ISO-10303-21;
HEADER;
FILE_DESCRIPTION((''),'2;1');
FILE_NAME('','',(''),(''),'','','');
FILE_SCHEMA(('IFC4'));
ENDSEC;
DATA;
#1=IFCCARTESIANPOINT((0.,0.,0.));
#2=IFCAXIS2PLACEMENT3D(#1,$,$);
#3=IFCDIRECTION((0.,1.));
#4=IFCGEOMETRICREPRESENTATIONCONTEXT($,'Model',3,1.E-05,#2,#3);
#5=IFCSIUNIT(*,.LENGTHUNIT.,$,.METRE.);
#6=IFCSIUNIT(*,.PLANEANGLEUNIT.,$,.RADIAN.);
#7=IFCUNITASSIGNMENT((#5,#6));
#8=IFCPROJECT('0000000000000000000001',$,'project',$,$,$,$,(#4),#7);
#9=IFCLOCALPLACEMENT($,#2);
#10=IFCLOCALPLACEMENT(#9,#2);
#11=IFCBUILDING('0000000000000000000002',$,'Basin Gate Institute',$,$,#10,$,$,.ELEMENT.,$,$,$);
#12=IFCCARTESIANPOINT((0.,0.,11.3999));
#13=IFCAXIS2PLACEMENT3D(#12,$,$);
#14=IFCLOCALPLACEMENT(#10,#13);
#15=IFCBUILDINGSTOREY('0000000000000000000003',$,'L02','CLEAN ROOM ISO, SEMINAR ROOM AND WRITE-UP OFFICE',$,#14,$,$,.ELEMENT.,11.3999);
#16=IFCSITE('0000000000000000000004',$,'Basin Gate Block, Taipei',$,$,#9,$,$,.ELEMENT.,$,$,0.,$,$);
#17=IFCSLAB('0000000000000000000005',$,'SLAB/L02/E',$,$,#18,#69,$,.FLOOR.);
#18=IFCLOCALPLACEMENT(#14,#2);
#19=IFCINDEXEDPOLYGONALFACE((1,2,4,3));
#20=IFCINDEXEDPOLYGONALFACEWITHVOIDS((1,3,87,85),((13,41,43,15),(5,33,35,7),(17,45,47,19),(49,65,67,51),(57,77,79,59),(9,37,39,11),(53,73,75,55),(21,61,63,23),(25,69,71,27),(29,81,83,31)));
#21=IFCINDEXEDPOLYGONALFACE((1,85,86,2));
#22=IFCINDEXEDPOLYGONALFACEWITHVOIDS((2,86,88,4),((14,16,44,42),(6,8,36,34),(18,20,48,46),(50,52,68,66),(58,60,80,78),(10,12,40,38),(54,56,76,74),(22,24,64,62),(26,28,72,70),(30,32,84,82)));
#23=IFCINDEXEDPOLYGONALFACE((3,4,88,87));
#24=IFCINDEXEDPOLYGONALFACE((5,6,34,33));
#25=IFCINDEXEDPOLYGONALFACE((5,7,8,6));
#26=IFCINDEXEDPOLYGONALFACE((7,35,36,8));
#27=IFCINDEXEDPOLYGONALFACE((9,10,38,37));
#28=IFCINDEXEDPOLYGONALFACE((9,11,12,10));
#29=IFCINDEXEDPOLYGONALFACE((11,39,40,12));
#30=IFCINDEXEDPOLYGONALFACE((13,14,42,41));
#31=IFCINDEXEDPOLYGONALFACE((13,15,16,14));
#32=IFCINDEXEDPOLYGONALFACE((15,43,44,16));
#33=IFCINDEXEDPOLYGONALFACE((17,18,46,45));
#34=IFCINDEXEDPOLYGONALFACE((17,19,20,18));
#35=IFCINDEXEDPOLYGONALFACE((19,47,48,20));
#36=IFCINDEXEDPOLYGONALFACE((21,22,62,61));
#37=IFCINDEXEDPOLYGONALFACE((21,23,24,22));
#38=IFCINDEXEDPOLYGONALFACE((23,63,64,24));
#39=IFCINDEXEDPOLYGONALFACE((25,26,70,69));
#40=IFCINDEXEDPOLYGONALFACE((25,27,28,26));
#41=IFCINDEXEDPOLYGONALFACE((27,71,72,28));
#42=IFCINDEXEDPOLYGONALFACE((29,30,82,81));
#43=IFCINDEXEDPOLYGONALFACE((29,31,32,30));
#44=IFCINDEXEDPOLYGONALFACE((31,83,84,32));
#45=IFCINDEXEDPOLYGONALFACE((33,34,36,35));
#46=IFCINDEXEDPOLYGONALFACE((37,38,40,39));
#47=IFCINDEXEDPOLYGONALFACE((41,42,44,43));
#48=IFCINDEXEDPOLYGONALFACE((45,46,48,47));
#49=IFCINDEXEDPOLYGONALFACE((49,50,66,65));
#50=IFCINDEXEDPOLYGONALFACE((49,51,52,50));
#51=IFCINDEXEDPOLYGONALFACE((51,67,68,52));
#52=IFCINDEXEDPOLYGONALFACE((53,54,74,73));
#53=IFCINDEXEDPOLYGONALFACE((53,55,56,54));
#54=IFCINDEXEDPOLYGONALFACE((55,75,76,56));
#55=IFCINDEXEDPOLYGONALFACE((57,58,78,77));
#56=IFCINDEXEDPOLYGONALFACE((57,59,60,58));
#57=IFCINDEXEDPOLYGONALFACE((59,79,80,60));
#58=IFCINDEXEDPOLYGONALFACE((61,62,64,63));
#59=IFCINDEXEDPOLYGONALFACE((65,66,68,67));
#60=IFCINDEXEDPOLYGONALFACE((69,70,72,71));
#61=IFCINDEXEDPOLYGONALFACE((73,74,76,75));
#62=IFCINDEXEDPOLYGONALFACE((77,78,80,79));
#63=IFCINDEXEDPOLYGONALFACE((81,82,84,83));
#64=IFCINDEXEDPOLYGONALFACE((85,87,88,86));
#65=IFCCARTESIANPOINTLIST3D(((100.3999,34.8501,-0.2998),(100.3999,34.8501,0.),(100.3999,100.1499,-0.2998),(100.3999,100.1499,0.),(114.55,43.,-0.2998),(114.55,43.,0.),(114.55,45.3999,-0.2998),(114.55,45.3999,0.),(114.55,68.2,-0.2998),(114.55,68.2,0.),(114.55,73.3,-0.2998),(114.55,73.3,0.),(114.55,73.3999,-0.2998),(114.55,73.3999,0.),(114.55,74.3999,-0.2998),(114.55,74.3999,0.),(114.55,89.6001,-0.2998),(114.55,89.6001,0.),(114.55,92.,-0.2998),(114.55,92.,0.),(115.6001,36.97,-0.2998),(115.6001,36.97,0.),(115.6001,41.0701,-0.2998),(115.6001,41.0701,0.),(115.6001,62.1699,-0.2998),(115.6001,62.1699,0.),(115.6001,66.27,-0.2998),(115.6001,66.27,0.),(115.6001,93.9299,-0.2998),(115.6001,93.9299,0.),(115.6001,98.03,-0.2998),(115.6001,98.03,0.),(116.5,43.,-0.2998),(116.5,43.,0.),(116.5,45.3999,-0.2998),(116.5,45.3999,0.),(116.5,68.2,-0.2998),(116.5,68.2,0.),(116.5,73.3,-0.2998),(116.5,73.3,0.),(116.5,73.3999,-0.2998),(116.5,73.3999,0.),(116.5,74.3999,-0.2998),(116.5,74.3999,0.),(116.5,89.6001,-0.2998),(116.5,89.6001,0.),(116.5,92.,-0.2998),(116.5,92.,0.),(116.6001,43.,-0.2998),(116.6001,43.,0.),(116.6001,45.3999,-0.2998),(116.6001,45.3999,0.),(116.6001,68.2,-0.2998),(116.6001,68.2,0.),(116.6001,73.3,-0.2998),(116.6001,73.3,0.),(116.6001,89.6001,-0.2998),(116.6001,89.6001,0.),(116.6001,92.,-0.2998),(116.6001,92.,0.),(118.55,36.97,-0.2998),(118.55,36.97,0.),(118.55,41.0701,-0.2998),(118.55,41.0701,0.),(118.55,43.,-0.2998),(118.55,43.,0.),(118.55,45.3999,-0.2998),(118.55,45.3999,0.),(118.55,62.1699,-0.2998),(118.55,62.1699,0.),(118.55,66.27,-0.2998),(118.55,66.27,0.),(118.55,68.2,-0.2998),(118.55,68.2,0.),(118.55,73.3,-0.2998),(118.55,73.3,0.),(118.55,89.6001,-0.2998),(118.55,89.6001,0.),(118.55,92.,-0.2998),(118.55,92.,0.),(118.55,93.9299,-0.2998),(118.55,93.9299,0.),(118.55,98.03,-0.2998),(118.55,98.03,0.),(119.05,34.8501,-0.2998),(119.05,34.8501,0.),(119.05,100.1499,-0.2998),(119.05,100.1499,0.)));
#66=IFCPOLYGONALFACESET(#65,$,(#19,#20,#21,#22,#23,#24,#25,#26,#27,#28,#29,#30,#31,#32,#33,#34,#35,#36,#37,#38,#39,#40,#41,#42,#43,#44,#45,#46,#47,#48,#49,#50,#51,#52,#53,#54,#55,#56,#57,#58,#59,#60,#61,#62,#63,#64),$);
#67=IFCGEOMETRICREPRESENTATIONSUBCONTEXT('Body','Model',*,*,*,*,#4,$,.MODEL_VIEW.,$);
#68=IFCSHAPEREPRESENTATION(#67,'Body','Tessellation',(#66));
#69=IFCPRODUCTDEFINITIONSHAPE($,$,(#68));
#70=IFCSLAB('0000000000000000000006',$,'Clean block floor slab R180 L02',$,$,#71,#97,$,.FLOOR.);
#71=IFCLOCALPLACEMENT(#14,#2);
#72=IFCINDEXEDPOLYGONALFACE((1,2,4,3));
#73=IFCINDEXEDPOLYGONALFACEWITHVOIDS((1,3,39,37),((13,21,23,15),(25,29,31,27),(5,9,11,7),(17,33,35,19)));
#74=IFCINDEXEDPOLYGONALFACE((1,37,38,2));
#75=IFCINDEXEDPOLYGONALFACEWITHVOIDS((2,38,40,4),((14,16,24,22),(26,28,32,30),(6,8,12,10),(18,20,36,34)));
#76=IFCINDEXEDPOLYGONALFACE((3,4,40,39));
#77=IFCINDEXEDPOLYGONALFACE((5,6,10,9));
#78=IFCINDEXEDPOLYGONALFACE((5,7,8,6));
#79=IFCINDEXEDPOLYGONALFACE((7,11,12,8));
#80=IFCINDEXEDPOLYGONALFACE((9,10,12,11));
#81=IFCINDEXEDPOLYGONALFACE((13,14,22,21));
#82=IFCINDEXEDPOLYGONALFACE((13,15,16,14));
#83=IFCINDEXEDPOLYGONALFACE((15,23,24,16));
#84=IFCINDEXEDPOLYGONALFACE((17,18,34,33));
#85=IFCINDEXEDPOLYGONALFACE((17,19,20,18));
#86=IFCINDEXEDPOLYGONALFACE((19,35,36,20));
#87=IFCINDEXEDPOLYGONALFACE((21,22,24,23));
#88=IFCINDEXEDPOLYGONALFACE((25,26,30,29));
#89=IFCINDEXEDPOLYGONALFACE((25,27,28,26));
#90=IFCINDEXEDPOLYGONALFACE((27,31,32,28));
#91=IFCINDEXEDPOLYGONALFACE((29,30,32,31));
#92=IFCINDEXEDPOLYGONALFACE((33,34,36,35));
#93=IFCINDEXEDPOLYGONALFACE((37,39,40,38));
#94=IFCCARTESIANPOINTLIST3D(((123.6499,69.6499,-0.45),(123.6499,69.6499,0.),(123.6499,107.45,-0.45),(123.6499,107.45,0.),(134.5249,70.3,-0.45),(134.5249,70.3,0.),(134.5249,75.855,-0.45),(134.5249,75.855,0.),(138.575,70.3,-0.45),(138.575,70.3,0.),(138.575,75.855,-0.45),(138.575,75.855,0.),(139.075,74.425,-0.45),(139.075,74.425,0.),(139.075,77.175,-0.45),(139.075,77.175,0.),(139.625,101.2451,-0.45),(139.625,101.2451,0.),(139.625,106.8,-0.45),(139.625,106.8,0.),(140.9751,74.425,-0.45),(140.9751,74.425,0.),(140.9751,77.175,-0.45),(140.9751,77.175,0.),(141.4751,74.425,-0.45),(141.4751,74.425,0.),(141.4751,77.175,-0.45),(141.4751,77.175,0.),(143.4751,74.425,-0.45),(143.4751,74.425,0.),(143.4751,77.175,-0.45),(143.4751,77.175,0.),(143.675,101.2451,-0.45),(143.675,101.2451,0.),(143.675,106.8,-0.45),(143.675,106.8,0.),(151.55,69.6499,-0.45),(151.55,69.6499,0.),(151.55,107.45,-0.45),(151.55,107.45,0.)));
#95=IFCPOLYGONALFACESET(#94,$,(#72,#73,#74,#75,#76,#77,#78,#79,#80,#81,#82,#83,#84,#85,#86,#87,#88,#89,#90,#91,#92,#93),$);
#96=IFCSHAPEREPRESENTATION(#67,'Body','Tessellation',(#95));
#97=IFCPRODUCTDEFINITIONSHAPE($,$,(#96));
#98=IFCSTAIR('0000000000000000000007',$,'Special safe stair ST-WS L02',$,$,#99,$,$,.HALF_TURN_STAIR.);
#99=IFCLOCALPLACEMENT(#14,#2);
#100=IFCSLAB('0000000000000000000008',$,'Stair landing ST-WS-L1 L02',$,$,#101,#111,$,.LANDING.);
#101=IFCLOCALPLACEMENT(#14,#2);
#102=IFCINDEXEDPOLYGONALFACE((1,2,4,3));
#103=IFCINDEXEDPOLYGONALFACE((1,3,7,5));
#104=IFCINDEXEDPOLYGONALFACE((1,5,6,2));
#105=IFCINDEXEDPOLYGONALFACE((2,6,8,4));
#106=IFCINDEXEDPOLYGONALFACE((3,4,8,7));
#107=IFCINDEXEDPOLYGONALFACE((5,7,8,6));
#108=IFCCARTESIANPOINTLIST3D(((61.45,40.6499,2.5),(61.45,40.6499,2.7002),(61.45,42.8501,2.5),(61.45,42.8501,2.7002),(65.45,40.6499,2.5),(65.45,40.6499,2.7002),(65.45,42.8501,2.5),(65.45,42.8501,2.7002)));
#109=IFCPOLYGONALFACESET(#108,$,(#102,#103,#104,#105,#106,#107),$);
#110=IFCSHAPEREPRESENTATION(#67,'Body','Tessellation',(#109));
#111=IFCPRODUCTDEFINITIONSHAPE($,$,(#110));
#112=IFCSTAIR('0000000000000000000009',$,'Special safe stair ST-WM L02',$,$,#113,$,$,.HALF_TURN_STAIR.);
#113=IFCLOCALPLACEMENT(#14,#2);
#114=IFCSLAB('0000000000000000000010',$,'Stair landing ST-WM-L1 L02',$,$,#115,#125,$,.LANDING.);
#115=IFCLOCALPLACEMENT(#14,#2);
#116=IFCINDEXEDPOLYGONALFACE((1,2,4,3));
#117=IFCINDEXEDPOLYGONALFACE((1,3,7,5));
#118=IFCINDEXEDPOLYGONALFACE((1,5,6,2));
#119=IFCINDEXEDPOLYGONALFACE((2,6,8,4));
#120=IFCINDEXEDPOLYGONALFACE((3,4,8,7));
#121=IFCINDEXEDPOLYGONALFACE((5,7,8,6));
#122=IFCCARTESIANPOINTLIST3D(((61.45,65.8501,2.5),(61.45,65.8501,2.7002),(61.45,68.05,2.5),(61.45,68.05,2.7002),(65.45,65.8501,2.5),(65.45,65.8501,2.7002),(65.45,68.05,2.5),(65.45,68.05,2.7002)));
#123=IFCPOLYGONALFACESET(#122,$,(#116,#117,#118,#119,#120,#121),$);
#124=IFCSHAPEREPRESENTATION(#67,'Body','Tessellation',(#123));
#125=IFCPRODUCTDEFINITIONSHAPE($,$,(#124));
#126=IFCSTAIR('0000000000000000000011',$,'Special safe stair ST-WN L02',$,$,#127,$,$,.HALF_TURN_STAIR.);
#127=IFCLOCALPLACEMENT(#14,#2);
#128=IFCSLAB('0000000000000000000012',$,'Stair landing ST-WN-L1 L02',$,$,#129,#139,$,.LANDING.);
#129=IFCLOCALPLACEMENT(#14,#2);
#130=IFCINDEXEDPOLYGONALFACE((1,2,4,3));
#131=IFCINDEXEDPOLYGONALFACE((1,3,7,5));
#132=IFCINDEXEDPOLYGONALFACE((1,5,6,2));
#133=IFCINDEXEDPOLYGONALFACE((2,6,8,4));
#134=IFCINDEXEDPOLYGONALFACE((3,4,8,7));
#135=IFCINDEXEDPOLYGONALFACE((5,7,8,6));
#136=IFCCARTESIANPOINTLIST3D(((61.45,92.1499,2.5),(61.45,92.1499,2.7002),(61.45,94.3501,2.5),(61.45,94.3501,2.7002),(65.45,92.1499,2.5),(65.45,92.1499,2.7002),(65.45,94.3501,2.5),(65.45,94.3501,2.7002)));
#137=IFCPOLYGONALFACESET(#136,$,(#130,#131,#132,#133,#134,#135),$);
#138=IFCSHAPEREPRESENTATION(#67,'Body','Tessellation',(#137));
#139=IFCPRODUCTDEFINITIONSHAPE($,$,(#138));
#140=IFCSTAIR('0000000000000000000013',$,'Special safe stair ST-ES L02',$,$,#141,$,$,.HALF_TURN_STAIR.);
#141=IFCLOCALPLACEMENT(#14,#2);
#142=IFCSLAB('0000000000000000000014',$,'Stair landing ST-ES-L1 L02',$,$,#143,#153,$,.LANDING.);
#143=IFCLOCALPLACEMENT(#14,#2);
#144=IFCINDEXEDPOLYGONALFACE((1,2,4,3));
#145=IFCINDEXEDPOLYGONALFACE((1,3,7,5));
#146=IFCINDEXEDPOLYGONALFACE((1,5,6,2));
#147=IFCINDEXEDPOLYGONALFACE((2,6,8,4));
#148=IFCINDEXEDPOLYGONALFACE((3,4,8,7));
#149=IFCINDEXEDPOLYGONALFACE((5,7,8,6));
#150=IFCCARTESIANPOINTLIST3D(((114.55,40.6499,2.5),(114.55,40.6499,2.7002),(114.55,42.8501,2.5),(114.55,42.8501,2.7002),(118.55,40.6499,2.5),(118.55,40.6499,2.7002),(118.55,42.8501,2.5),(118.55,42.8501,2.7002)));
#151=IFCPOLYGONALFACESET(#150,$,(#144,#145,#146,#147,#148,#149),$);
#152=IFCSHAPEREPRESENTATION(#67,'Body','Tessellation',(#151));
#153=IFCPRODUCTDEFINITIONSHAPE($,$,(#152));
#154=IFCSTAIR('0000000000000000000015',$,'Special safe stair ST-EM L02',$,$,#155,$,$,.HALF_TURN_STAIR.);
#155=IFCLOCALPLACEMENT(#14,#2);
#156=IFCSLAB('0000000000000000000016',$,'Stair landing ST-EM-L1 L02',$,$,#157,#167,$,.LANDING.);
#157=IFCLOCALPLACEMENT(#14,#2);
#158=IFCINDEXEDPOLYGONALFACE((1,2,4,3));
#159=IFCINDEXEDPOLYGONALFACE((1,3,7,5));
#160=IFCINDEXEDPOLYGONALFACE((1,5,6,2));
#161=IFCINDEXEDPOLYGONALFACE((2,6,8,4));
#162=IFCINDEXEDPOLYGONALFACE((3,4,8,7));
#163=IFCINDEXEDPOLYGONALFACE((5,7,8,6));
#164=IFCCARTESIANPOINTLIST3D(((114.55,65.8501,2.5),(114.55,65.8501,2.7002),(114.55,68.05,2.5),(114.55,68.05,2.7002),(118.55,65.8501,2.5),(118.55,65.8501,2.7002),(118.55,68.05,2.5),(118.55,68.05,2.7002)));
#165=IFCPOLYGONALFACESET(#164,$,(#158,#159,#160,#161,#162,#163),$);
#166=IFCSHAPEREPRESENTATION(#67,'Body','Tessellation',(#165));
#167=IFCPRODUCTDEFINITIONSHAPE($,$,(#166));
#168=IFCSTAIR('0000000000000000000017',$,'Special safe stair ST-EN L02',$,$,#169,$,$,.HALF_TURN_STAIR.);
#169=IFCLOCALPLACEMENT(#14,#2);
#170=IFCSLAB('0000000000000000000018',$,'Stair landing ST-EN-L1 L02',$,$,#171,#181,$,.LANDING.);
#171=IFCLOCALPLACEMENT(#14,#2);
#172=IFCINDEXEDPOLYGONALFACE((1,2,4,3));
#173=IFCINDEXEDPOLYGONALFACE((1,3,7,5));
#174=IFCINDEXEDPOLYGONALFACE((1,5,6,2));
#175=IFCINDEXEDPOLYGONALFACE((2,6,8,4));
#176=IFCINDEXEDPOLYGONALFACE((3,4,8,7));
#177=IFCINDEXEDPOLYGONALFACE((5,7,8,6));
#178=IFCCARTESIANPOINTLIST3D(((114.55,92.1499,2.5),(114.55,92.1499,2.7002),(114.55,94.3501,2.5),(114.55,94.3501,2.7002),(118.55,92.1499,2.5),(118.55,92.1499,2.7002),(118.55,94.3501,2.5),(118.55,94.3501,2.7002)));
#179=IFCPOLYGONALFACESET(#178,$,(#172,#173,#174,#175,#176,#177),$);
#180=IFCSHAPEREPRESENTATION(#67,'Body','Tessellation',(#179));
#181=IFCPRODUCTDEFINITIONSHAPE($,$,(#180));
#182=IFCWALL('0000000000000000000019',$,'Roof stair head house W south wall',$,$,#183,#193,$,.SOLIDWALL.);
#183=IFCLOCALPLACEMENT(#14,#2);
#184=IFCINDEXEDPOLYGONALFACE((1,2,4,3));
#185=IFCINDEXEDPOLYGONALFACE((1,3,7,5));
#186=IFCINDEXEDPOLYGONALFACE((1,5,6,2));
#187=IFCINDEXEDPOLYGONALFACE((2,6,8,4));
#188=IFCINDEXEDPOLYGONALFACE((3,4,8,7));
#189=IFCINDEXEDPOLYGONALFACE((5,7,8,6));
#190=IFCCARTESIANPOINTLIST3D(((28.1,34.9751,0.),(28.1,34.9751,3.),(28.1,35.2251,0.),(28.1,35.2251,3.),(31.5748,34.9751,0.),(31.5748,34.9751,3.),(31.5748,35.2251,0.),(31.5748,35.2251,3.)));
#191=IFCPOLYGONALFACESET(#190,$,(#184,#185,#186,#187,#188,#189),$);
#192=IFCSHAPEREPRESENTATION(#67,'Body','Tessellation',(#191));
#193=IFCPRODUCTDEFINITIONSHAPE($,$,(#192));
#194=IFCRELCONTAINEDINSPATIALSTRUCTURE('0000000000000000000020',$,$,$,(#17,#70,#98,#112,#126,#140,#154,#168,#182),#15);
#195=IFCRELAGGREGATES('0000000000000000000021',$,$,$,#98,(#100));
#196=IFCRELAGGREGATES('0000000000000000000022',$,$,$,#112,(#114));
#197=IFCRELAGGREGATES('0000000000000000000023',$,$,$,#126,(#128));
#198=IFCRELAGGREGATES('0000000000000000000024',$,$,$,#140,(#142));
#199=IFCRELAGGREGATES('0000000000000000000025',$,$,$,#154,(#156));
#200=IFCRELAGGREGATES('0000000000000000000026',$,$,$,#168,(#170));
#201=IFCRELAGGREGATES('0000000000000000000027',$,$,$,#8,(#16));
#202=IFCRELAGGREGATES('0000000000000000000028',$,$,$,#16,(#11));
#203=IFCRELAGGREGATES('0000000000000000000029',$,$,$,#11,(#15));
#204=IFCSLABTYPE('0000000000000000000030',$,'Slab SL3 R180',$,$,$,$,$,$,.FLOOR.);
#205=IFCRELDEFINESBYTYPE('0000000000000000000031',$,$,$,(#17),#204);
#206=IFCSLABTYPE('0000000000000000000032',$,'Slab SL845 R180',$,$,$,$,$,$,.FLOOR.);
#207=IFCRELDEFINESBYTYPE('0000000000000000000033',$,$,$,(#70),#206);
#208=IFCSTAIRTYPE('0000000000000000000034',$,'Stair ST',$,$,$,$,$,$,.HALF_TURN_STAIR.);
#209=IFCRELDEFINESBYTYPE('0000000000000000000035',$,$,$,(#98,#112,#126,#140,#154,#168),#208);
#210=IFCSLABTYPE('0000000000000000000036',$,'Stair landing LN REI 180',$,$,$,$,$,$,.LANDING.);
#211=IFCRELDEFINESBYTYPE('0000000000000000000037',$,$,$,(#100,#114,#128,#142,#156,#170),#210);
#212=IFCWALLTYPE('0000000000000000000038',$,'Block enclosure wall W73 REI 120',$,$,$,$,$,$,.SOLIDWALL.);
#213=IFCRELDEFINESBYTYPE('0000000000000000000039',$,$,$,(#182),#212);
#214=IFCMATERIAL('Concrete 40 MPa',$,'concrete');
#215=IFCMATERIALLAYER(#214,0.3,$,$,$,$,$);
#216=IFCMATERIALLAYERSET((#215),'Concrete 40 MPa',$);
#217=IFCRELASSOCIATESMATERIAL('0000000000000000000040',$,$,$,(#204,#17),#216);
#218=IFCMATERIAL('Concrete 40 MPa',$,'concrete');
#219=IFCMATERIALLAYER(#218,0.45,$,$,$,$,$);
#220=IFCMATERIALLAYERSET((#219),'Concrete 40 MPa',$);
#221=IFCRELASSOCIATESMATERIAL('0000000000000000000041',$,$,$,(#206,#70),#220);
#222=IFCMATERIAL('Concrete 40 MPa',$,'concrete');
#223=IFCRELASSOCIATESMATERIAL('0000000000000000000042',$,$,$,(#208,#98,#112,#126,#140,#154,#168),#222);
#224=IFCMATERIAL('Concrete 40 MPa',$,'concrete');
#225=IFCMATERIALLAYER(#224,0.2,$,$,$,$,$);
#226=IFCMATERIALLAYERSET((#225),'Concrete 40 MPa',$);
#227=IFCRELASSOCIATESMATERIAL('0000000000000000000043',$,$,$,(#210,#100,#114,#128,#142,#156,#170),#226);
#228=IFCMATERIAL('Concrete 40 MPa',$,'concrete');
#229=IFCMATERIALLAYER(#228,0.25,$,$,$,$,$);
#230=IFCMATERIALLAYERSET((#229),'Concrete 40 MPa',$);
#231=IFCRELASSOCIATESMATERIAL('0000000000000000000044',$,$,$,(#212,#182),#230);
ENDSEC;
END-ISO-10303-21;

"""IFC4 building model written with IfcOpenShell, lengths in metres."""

from ifc_helpers import new_model, si_unit, direction, frame, frame_2d, origin, place, context, subcontext, project, spatial, polyline, rectangle, outline, extrude, material, layer, layer_set, type_object, element, aggregate, save


model = new_model("IFC4")

# Units and contexts
model_context = context("Model", 3, precision=1e-05, world=origin(), true_north=direction((0.0, 1.0)))
body_context = subcontext(model_context, "Body", "Model", "MODEL_VIEW")
ifc_project = project(units=[si_unit("LENGTHUNIT", "METRE"), si_unit("PLANEANGLEUNIT", "RADIAN")], contexts=[model_context])

# Site, building, storey
site_placement = place(None, origin())
site = spatial("IfcSite", under=ifc_project, at=site_placement, Name="Basin Gate Block, Taipei", CompositionType="ELEMENT", RefElevation=0.0)
building_placement = place(site_placement, origin())
building = spatial("IfcBuilding", under=site, at=building_placement, Name="Basin Gate Institute", CompositionType="ELEMENT")
storey_placement = place(building_placement, frame((0.0, 0.0, 11.3999)))
storey = spatial("IfcBuildingStorey", under=building, at=storey_placement, Name="L02", Description="CLEAN ROOM ISO, SEMINAR ROOM AND WRITE-UP OFFICE", CompositionType="ELEMENT", Elevation=11.3999)

# Slabs
ifc_material_1 = material(Name="Concrete 40 MPa", Category="concrete")
ifc_layer_1 = layer(ifc_material_1, 0.3)
ifc_layer_set_1 = layer_set([ifc_layer_1], Name="Concrete 40 MPa")
slab_type_1 = type_object("IfcSlabType", Name="Slab SL3 R180", PredefinedType="FLOOR", material=ifc_layer_set_1)
slab_1_placement = place(storey_placement, frame((0.0, 0.0, -0.2998)))
element("IfcSlab", 1, at=slab_1_placement, inside=storey, type_object=slab_type_1, material=ifc_layer_set_1, Name="SLAB/L02/E", PredefinedType="FLOOR", context=body_context, shape_type="SweptSolid", body=[
    extrude(outline(polyline([(119.05, 100.1499), (100.3999, 100.1499), (100.3999, 34.8501), (119.05, 34.8501), (119.05, 100.1499)]), holes=[polyline([(118.55, 41.0701), (115.6001, 41.0701), (115.6001, 36.97), (118.55, 36.97), (118.55, 41.0701)]), polyline([(118.55, 66.27), (115.6001, 66.27), (115.6001, 62.1699), (118.55, 62.1699), (118.55, 66.27)]), polyline([(118.55, 98.03), (115.6001, 98.03), (115.6001, 93.9299), (118.55, 93.9299), (118.55, 98.03)]), polyline([(118.55, 45.3999), (116.6001, 45.3999), (116.6001, 43.0), (118.55, 43.0), (118.55, 45.3999)]), polyline([(118.55, 73.3), (116.6001, 73.3), (116.6001, 68.2), (118.55, 68.2), (118.55, 73.3)]), polyline([(116.5, 74.3999), (114.55, 74.3999), (114.55, 73.3999), (116.5, 73.3999), (116.5, 74.3999)]), polyline([(118.55, 92.0), (116.6001, 92.0), (116.6001, 89.6001), (118.55, 89.6001), (118.55, 92.0)]), polyline([(116.5, 45.3999), (114.55, 45.3999), (114.55, 43.0), (116.5, 43.0), (116.5, 45.3999)]), polyline([(116.5, 68.2), (114.55, 68.2), (114.55, 73.3), (116.5, 73.3), (116.5, 68.2)]), polyline([(116.5, 92.0), (114.55, 92.0), (114.55, 89.6001), (116.5, 89.6001), (116.5, 92.0)])]), origin(), (0.0, 0.0, 1.0), 0.2998),
])
ifc_material_2 = material(Name="Concrete 40 MPa", Category="concrete")
ifc_layer_2 = layer(ifc_material_2, 0.45)
ifc_layer_set_2 = layer_set([ifc_layer_2], Name="Concrete 40 MPa")
slab_type_2 = type_object("IfcSlabType", Name="Slab SL845 R180", PredefinedType="FLOOR", material=ifc_layer_set_2)
slab_2_placement = place(storey_placement, frame((0.0, 0.0, -0.45)))
element("IfcSlab", 2, at=slab_2_placement, inside=storey, type_object=slab_type_2, material=ifc_layer_set_2, Name="Clean block floor slab R180 L02", PredefinedType="FLOOR", context=body_context, shape_type="SweptSolid", body=[
    extrude(outline(polyline([(123.6499, 107.45), (123.6499, 69.6499), (151.55, 69.6499), (151.55, 107.45), (123.6499, 107.45)]), holes=[polyline([(134.5249, 75.855), (138.575, 75.855), (138.575, 70.3), (134.5249, 70.3), (134.5249, 75.855)]), polyline([(139.075, 77.175), (140.9751, 77.175), (140.9751, 74.425), (139.075, 74.425), (139.075, 77.175)]), polyline([(141.4751, 77.175), (143.4751, 77.175), (143.4751, 74.425), (141.4751, 74.425), (141.4751, 77.175)]), polyline([(139.625, 106.8), (143.675, 106.8), (143.675, 101.2451), (139.625, 101.2451), (139.625, 106.8)])]), origin(), (0.0, 0.0, 1.0), 0.45),
])

# Stairs, slabs
ifc_material_3 = material(Name="Concrete 40 MPa", Category="concrete")
stair_type_1 = type_object("IfcStairType", Name="Stair ST", PredefinedType="HALF_TURN_STAIR", material=ifc_material_3)
stair_1_placement = place(storey_placement, origin())
stair_1 = element("IfcStair", 3, at=stair_1_placement, inside=storey, type_object=stair_type_1, material=ifc_material_3, Name="Special safe stair ST-WS L02", PredefinedType="HALF_TURN_STAIR")
ifc_material_4 = material(Name="Concrete 40 MPa", Category="concrete")
ifc_layer_3 = layer(ifc_material_4, 0.2)
ifc_layer_set_3 = layer_set([ifc_layer_3], Name="Concrete 40 MPa")
slab_type_3 = type_object("IfcSlabType", Name="Stair landing LN REI 180", PredefinedType="LANDING", material=ifc_layer_set_3)
slab_3_placement = place(storey_placement, frame((0.0, 0.0, 2.5)))
slab_3 = element("IfcSlab", 4, at=slab_3_placement, type_object=slab_type_3, material=ifc_layer_set_3, Name="Stair landing ST-WS-L1 L02", PredefinedType="LANDING", context=body_context, shape_type="SweptSolid", body=[
    extrude(outline(polyline([(61.45, 40.6499), (65.45, 40.6499), (65.45, 42.8501), (61.45, 42.8501), (61.45, 40.6499)])), origin(), (0.0, 0.0, 1.0), 0.2002),
])
aggregate(stair_1, [slab_3])
stair_2_placement = place(storey_placement, origin())
stair_2 = element("IfcStair", 5, at=stair_2_placement, inside=storey, type_object=stair_type_1, material=ifc_material_3, Name="Special safe stair ST-WM L02", PredefinedType="HALF_TURN_STAIR")
slab_4_placement = place(storey_placement, frame((0.0, 0.0, 2.5)))
slab_4 = element("IfcSlab", 6, at=slab_4_placement, type_object=slab_type_3, material=ifc_layer_set_3, Name="Stair landing ST-WM-L1 L02", PredefinedType="LANDING", context=body_context, shape_type="SweptSolid", body=[
    extrude(outline(polyline([(61.45, 65.8501), (65.45, 65.8501), (65.45, 68.05), (61.45, 68.05), (61.45, 65.8501)])), origin(), (0.0, 0.0, 1.0), 0.2002),
])
aggregate(stair_2, [slab_4])
stair_3_placement = place(storey_placement, origin())
stair_3 = element("IfcStair", 7, at=stair_3_placement, inside=storey, type_object=stair_type_1, material=ifc_material_3, Name="Special safe stair ST-WN L02", PredefinedType="HALF_TURN_STAIR")
slab_5_placement = place(storey_placement, frame((0.0, 0.0, 2.5)))
slab_5 = element("IfcSlab", 8, at=slab_5_placement, type_object=slab_type_3, material=ifc_layer_set_3, Name="Stair landing ST-WN-L1 L02", PredefinedType="LANDING", context=body_context, shape_type="SweptSolid", body=[
    extrude(outline(polyline([(61.45, 92.1499), (65.45, 92.1499), (65.45, 94.3501), (61.45, 94.3501), (61.45, 92.1499)])), origin(), (0.0, 0.0, 1.0), 0.2002),
])
aggregate(stair_3, [slab_5])
stair_4_placement = place(storey_placement, origin())
stair_4 = element("IfcStair", 9, at=stair_4_placement, inside=storey, type_object=stair_type_1, material=ifc_material_3, Name="Special safe stair ST-ES L02", PredefinedType="HALF_TURN_STAIR")
slab_6_placement = place(storey_placement, frame((0.0, 0.0, 2.5)))
slab_6 = element("IfcSlab", 10, at=slab_6_placement, type_object=slab_type_3, material=ifc_layer_set_3, Name="Stair landing ST-ES-L1 L02", PredefinedType="LANDING", context=body_context, shape_type="SweptSolid", body=[
    extrude(outline(polyline([(118.55, 42.8501), (114.55, 42.8501), (114.55, 40.6499), (118.55, 40.6499), (118.55, 42.8501)])), origin(), (0.0, 0.0, 1.0), 0.2002),
])
aggregate(stair_4, [slab_6])
stair_5_placement = place(storey_placement, origin())
stair_5 = element("IfcStair", 11, at=stair_5_placement, inside=storey, type_object=stair_type_1, material=ifc_material_3, Name="Special safe stair ST-EM L02", PredefinedType="HALF_TURN_STAIR")
slab_7_placement = place(storey_placement, frame((0.0, 0.0, 2.5)))
slab_7 = element("IfcSlab", 12, at=slab_7_placement, type_object=slab_type_3, material=ifc_layer_set_3, Name="Stair landing ST-EM-L1 L02", PredefinedType="LANDING", context=body_context, shape_type="SweptSolid", body=[
    extrude(outline(polyline([(118.55, 68.05), (114.55, 68.05), (114.55, 65.8501), (118.55, 65.8501), (118.55, 68.05)])), origin(), (0.0, 0.0, 1.0), 0.2002),
])
aggregate(stair_5, [slab_7])
stair_6_placement = place(storey_placement, origin())
stair_6 = element("IfcStair", 13, at=stair_6_placement, inside=storey, type_object=stair_type_1, material=ifc_material_3, Name="Special safe stair ST-EN L02", PredefinedType="HALF_TURN_STAIR")
slab_8_placement = place(storey_placement, frame((0.0, 0.0, 2.5)))
slab_8 = element("IfcSlab", 14, at=slab_8_placement, type_object=slab_type_3, material=ifc_layer_set_3, Name="Stair landing ST-EN-L1 L02", PredefinedType="LANDING", context=body_context, shape_type="SweptSolid", body=[
    extrude(outline(polyline([(118.55, 94.3501), (114.55, 94.3501), (114.55, 92.1499), (118.55, 92.1499), (118.55, 94.3501)])), origin(), (0.0, 0.0, 1.0), 0.2002),
])
aggregate(stair_6, [slab_8])

# Wall
ifc_material_5 = material(Name="Concrete 40 MPa", Category="concrete")
ifc_layer_4 = layer(ifc_material_5, 0.25)
ifc_layer_set_4 = layer_set([ifc_layer_4], Name="Concrete 40 MPa")
wall_type_1 = type_object("IfcWallType", Name="Block enclosure wall W73 REI 120", PredefinedType="SOLIDWALL", material=ifc_layer_set_4)
wall_1_placement = place(storey_placement, frame((28.1001, 35.1001, 0.0), z_axis=(0.0, 0.0, 1.0), x_axis=(1.0, 0.0, 0.0)))
element("IfcWall", 15, at=wall_1_placement, inside=storey, type_object=wall_type_1, material=ifc_layer_set_4, Name="Roof stair head house W south wall", PredefinedType="SOLIDWALL", context=body_context, shape_type="SweptSolid", body=[
    extrude(rectangle(XDim=3.4749, YDim=0.25, at=frame_2d((1.7373, 0.0))), origin(), (0.0, 0.0, 1.0), 3.0),
])

save(model, "model.ifc")
